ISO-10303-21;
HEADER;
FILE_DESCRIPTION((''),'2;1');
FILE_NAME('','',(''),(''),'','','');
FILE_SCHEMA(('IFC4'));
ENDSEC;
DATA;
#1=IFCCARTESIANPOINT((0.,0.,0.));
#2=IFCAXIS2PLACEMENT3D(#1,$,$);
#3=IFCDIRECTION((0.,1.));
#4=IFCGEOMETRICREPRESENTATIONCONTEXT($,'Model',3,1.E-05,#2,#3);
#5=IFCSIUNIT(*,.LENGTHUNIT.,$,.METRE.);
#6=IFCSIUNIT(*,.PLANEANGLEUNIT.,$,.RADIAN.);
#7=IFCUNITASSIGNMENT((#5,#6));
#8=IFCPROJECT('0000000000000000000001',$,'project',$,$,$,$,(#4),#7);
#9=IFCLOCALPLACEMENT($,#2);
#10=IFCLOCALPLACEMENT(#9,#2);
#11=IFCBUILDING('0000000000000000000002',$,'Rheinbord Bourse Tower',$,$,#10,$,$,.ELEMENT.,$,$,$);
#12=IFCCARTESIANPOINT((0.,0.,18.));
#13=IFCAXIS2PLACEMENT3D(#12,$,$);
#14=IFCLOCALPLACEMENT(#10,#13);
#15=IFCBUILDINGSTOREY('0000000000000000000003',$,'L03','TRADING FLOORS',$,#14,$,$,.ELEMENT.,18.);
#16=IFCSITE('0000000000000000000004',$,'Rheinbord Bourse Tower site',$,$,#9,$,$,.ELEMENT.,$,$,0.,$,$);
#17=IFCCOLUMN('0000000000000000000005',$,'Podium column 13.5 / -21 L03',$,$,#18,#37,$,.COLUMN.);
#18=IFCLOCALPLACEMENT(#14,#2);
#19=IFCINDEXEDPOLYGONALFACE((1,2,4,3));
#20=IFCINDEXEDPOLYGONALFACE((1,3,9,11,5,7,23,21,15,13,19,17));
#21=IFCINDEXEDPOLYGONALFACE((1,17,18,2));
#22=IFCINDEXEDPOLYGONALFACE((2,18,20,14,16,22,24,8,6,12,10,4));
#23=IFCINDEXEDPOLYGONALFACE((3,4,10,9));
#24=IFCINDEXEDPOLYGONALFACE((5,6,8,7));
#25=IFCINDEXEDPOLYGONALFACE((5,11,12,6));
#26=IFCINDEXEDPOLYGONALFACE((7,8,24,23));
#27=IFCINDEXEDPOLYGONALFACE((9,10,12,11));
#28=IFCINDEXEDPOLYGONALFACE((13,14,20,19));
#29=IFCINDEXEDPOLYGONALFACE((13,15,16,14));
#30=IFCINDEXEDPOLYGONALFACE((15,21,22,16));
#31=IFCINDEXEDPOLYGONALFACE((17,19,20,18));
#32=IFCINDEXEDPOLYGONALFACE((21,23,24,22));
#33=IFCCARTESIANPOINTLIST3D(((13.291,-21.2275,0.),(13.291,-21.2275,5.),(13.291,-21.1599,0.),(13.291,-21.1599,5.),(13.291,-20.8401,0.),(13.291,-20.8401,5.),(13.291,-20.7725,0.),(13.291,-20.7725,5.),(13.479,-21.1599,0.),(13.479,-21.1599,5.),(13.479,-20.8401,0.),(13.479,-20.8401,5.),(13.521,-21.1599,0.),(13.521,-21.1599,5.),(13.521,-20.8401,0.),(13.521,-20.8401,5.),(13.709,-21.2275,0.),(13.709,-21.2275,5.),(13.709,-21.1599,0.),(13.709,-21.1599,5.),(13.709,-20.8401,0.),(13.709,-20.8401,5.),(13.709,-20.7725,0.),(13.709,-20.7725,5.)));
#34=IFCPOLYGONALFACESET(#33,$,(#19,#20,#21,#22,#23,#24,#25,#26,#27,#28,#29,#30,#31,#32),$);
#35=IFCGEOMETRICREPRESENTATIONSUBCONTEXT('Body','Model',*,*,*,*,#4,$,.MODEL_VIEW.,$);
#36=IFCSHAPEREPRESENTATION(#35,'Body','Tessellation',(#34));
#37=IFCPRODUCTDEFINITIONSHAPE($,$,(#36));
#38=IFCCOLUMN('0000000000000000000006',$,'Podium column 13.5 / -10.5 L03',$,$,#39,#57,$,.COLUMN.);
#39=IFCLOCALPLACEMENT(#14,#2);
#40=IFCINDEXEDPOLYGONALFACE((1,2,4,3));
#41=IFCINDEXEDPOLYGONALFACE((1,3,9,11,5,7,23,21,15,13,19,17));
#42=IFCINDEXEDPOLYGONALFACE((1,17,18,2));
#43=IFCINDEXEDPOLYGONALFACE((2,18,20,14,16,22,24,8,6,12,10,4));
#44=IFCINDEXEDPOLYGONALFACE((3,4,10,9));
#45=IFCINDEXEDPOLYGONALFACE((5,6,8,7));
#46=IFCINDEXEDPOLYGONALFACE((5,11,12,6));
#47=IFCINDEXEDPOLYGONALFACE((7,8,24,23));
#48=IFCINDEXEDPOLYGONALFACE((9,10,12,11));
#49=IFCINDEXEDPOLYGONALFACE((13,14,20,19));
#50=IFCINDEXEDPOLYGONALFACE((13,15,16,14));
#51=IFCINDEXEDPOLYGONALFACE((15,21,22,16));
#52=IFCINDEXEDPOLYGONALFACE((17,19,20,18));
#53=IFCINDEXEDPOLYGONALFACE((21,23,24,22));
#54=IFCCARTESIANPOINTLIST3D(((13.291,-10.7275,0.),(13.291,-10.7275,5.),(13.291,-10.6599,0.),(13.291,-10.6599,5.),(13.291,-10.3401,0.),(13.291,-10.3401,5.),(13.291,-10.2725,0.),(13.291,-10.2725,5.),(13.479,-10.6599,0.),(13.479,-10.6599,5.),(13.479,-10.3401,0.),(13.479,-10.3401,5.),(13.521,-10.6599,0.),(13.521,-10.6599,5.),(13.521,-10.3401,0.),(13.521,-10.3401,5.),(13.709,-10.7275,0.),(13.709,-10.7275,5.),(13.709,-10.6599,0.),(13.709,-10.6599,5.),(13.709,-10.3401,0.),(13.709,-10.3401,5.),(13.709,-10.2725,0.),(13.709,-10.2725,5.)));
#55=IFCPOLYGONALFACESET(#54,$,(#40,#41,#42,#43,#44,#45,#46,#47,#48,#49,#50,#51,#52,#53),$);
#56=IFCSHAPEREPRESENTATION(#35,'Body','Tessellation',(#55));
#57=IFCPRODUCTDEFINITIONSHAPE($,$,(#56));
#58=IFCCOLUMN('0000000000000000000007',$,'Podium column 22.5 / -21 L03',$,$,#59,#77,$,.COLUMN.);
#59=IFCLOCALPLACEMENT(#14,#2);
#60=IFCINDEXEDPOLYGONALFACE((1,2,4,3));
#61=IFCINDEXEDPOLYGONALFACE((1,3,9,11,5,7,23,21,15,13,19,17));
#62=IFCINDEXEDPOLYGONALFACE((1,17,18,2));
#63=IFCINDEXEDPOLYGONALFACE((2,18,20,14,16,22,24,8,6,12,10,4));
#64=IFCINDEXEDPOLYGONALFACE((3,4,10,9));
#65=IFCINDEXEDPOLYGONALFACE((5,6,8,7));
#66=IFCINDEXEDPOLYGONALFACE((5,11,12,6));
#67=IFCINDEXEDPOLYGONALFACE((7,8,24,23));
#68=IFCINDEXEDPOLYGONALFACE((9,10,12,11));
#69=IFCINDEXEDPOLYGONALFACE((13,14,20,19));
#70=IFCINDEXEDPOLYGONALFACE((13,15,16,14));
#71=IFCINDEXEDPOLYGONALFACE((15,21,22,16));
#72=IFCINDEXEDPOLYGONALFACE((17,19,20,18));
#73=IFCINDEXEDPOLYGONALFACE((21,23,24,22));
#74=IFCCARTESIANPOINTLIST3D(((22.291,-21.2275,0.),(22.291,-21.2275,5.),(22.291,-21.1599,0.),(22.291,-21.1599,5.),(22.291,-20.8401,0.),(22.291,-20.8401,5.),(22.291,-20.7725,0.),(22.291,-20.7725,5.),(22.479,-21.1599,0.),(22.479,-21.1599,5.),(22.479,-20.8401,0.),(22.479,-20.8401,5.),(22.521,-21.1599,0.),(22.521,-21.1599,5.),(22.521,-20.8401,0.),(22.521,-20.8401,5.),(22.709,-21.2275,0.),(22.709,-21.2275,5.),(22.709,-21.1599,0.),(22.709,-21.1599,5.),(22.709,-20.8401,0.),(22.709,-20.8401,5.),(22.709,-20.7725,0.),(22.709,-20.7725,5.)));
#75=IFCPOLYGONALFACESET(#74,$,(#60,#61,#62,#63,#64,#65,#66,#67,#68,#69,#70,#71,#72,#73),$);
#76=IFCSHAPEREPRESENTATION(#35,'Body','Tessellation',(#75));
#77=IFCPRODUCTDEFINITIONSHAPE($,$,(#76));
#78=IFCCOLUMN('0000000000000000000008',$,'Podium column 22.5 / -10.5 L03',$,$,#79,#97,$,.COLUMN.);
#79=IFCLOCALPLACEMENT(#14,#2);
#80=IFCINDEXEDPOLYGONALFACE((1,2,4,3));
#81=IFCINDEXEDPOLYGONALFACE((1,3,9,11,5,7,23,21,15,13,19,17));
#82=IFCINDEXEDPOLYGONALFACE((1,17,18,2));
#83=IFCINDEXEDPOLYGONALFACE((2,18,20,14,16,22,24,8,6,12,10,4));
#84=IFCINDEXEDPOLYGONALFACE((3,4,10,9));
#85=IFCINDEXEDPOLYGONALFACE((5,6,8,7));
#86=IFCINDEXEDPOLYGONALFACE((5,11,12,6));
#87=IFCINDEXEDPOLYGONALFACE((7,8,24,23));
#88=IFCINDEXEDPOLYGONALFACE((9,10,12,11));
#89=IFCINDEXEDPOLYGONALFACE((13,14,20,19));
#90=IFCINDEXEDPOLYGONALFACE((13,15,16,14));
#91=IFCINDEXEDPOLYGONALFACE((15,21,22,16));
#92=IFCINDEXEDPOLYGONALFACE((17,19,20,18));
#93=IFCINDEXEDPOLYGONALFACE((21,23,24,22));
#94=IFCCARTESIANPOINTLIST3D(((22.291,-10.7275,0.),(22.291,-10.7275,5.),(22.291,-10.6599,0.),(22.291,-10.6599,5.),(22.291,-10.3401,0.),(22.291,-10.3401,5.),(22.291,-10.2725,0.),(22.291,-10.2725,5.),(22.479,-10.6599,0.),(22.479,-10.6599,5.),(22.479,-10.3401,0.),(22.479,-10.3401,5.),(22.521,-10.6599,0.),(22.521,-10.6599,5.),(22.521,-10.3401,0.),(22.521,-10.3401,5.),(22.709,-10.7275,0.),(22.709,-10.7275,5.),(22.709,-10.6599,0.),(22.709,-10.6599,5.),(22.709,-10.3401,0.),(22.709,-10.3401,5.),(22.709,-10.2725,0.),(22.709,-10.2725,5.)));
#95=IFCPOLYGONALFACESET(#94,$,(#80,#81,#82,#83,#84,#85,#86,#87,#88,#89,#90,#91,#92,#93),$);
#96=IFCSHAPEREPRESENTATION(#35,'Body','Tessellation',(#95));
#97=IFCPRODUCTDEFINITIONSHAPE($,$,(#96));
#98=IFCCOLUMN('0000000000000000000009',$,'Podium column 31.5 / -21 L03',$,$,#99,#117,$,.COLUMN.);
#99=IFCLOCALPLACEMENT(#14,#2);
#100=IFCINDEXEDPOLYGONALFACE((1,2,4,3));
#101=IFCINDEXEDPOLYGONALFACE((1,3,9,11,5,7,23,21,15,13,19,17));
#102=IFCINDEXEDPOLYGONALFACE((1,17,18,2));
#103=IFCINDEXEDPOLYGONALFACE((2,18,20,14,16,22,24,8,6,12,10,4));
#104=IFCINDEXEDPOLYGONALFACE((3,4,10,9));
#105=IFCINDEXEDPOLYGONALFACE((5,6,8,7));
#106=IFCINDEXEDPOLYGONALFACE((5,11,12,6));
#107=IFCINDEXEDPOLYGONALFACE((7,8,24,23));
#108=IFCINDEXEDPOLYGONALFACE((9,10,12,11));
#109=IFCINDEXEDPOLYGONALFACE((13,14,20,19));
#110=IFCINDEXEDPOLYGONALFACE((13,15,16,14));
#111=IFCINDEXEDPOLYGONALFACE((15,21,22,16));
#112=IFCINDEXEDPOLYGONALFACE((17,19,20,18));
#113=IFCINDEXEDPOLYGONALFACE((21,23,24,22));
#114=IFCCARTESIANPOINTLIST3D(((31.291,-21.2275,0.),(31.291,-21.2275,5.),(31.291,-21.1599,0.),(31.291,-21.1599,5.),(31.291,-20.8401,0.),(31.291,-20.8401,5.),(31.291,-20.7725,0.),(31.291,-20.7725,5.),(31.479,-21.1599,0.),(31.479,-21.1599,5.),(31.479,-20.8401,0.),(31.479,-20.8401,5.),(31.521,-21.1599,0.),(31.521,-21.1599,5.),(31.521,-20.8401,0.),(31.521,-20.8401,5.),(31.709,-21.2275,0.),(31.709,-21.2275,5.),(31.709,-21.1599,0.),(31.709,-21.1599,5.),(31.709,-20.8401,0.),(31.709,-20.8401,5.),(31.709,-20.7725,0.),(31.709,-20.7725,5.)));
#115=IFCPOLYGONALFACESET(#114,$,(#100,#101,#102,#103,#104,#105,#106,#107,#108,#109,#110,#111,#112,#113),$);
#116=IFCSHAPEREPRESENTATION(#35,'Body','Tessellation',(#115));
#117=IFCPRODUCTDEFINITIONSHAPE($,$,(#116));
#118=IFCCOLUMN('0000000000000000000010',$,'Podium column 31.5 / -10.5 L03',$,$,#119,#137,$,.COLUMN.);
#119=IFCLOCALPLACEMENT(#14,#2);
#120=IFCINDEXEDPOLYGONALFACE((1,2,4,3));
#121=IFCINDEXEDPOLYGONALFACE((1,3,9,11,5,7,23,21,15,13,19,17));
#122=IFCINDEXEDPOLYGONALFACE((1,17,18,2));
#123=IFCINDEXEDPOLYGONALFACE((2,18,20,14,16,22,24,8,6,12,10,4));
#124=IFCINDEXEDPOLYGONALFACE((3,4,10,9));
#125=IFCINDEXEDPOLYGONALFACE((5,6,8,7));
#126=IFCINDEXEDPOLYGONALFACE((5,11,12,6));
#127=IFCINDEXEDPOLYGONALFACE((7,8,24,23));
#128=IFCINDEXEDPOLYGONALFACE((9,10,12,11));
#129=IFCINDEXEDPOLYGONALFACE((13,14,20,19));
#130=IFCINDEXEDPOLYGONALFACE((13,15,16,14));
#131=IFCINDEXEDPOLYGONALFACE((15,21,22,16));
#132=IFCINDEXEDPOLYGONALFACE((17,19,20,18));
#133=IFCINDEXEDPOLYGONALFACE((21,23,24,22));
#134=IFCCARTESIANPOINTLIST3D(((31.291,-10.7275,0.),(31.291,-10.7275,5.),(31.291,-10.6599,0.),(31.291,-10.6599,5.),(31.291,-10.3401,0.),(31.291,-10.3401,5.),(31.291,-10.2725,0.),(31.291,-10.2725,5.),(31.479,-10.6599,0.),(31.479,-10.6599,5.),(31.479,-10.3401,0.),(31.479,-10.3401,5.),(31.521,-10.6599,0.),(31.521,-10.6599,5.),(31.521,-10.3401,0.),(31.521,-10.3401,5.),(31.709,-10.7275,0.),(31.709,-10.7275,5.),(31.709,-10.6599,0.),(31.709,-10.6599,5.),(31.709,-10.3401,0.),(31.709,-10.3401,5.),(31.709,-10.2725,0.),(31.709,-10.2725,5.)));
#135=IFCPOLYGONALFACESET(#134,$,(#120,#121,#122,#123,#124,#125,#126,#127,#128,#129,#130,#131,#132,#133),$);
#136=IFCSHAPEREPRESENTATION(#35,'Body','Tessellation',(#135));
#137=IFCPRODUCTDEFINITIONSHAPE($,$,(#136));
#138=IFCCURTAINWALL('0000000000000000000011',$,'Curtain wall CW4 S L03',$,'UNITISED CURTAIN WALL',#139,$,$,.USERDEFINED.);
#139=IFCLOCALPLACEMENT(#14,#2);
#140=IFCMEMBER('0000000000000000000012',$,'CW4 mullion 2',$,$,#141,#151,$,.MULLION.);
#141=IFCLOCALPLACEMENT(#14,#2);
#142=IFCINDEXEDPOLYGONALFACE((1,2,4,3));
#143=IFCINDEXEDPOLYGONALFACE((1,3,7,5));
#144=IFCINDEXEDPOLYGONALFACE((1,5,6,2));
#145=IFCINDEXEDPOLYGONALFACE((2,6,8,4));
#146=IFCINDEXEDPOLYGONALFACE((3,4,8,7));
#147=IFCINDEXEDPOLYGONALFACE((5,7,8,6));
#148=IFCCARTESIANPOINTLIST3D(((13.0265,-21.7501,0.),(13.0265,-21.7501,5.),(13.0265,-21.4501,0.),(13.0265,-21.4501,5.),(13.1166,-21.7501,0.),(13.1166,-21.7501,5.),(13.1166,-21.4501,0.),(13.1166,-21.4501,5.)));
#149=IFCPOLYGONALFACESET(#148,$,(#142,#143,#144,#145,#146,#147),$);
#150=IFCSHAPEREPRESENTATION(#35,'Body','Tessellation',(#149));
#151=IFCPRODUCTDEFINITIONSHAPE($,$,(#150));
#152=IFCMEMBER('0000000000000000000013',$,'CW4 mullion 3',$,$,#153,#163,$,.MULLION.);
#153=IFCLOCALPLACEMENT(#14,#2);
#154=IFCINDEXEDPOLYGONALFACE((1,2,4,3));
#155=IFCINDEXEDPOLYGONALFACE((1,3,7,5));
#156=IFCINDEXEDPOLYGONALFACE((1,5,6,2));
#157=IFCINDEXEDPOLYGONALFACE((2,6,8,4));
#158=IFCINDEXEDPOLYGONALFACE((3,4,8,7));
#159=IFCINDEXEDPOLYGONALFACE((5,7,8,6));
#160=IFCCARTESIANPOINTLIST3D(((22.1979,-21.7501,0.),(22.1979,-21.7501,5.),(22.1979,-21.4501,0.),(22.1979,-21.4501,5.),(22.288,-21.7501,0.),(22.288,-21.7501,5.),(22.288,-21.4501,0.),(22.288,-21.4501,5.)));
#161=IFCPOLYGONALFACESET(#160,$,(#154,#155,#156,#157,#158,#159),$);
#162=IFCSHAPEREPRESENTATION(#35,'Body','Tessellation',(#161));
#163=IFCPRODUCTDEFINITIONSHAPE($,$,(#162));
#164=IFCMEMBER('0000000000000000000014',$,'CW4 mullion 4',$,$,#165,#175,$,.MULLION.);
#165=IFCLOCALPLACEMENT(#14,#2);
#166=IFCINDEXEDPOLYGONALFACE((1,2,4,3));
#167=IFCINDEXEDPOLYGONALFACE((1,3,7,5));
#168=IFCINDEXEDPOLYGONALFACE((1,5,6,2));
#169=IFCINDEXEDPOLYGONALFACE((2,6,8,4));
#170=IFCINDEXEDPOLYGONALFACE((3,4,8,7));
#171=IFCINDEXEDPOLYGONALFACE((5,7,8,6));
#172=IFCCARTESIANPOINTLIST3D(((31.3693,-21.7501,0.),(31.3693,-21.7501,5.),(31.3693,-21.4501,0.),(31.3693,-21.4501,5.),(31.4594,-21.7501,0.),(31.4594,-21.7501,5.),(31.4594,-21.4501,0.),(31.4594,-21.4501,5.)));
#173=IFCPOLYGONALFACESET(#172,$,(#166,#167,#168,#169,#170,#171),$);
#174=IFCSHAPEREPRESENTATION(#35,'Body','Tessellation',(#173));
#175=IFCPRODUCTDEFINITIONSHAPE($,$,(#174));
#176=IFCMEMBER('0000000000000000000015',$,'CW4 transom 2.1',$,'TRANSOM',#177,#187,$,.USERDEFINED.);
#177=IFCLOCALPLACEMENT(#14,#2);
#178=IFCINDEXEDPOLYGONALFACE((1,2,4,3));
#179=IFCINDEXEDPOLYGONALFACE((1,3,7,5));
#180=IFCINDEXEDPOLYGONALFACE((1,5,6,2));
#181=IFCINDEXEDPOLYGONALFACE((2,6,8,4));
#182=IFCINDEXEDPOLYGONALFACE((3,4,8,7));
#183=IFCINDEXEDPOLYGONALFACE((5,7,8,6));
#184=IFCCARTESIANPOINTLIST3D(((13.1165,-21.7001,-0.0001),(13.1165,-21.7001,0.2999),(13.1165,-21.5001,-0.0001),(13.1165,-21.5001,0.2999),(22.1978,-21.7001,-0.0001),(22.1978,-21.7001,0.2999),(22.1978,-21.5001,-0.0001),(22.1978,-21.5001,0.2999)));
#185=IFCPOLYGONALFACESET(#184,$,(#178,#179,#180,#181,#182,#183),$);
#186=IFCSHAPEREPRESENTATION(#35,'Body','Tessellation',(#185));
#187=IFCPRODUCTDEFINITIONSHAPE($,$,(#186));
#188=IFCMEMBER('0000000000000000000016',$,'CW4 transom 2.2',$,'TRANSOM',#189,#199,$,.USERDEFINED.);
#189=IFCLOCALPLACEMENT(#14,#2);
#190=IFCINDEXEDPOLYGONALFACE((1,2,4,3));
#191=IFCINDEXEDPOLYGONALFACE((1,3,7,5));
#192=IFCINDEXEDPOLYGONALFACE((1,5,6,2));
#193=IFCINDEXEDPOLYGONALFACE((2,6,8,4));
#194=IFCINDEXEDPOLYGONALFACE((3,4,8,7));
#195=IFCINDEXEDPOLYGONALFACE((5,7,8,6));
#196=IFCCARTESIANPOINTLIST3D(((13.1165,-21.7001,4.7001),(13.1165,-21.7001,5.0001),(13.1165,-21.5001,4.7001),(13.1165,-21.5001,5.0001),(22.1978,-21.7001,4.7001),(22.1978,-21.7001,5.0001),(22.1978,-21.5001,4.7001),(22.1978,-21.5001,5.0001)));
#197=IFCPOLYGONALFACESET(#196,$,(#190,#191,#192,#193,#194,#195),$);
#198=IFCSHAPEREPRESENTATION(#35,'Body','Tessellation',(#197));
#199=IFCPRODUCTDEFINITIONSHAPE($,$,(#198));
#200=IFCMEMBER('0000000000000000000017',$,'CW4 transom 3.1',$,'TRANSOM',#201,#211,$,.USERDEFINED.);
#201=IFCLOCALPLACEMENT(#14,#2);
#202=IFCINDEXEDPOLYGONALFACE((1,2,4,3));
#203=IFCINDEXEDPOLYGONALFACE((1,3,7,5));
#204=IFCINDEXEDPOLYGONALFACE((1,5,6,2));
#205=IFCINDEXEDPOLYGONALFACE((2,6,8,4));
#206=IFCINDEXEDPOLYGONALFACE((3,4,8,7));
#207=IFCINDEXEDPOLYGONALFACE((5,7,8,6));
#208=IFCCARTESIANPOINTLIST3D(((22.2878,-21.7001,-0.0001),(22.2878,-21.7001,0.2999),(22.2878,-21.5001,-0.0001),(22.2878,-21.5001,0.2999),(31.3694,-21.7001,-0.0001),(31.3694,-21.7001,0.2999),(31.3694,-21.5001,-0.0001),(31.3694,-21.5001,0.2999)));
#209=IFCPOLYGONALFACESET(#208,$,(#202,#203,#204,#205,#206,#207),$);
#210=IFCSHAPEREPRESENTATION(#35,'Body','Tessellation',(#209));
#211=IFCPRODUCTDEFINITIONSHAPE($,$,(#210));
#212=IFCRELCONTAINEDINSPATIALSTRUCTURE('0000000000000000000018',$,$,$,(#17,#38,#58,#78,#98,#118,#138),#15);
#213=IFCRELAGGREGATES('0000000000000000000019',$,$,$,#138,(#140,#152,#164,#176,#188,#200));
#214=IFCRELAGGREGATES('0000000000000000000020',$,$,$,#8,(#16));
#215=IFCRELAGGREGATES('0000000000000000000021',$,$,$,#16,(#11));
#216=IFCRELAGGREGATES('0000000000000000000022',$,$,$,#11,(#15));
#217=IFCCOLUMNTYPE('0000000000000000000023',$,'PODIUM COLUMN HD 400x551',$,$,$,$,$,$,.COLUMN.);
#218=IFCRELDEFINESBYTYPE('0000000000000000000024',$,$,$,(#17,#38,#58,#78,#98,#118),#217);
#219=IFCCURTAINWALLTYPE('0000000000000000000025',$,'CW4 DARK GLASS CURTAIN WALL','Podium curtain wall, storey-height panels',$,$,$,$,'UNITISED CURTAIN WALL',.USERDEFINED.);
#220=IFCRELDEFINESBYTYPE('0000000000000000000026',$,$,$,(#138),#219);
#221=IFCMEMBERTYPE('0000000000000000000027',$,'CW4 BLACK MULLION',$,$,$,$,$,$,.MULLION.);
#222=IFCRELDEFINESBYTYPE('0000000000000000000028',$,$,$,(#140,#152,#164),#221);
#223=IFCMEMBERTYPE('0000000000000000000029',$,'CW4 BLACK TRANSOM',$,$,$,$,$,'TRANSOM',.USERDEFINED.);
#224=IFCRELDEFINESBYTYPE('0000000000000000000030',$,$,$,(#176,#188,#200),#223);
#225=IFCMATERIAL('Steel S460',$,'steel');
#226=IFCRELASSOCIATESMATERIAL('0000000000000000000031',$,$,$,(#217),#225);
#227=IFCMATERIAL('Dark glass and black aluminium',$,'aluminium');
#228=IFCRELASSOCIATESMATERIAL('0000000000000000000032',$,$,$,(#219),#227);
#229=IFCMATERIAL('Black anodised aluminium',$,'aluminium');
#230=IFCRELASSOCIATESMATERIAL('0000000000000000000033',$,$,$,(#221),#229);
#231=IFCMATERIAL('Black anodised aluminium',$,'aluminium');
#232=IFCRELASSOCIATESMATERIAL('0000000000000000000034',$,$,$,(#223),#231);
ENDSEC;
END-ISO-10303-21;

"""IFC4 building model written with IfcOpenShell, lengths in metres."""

from ifc_helpers import new_model, si_unit, direction, frame, origin, origin_2d, place, context, subcontext, project, spatial, rectangle, i_section, extrude, material, material_profile, profile_set, type_object, element, aggregate, save


model = new_model("IFC4")

# Units and contexts
model_context = context("Model", 3, precision=1e-05, world=origin(), true_north=direction((0.0, 1.0)))
body_context = subcontext(model_context, "Body", "Model", "MODEL_VIEW")
ifc_project = project(units=[si_unit("LENGTHUNIT", "METRE"), si_unit("PLANEANGLEUNIT", "RADIAN")], contexts=[model_context])

# Site, building, storey
site_placement = place(None, origin())
site = spatial("IfcSite", under=ifc_project, at=site_placement, Name="Rheinbord Bourse Tower site", CompositionType="ELEMENT", RefElevation=0.0)
building_placement = place(site_placement, origin())
building = spatial("IfcBuilding", under=site, at=building_placement, Name="Rheinbord Bourse Tower", CompositionType="ELEMENT")
storey_placement = place(building_placement, frame((0.0, 0.0, 18.0)))
storey = spatial("IfcBuildingStorey", under=building, at=storey_placement, Name="L03", Description="TRADING FLOORS", CompositionType="ELEMENT", Elevation=18.0)

# Columns
ifc_material_1 = material(Name="Steel S460", Category="steel")
ifc_material_profile_1 = material_profile(ifc_material_1, i_section(OverallWidth=0.418, OverallDepth=0.4551, WebThickness=0.042, FlangeThickness=0.0676, at=origin_2d()), Name="HD 400x551")
ifc_profile_set_1 = profile_set([ifc_material_profile_1], Name="Steel S460")
column_type = type_object("IfcColumnType", Name="PODIUM COLUMN HD 400x551", PredefinedType="COLUMN", material=ifc_profile_set_1)
for number, where, z_axis, x_axis, name in (
    (1, (13.5, -21.0, 0.0), (0.0, 0.0, 1.0), (1.0, 0.0, 0.0), "Podium column 13.5 / -21 L03"),
    (2, (13.5, -10.5, 0.0), (0.0, 0.0, 1.0), (1.0, 0.0, 0.0), "Podium column 13.5 / -10.5 L03"),
    (3, (22.5, -21.0, 0.0), (0.0, 0.0, 1.0), (1.0, 0.0, 0.0), "Podium column 22.5 / -21 L03"),
    (4, (22.5, -10.5, 0.0), (0.0, 0.0, 1.0), (1.0, 0.0, 0.0), "Podium column 22.5 / -10.5 L03"),
    (5, (31.5, -21.0, 0.0), (0.0, 0.0, 1.0), (1.0, 0.0, 0.0), "Podium column 31.5 / -21 L03"),
    (6, (31.5, -10.5, 0.0), (0.0, 0.0, 1.0), (1.0, 0.0, 0.0), "Podium column 31.5 / -10.5 L03"),
):
    element("IfcColumn", number, at=place(storey_placement, frame(where, z_axis=z_axis, x_axis=x_axis)), inside=storey, type_object=column_type, Name=name, PredefinedType="COLUMN", context=body_context, shape_type="SweptSolid", body=[
        extrude(i_section(OverallWidth=0.418, OverallDepth=0.4551, WebThickness=0.042, FlangeThickness=0.0676, at=origin_2d()), origin(), (0.0, 0.0, 1.0), 5.0),
    ])

# Curtain wall, members
ifc_material_2 = material(Name="Dark glass and black aluminium", Category="aluminium")
curtain_wall_type = type_object("IfcCurtainWallType", Name="CW4 DARK GLASS CURTAIN WALL", Description="Podium curtain wall, storey-height panels", ElementType="UNITISED CURTAIN WALL", PredefinedType="USERDEFINED", material=ifc_material_2)
curtain_wall_placement = place(storey_placement, origin())
curtain_wall = element("IfcCurtainWall", 7, at=curtain_wall_placement, inside=storey, type_object=curtain_wall_type, Name="Curtain wall CW4 S L03", ObjectType="UNITISED CURTAIN WALL", PredefinedType="USERDEFINED")
ifc_material_3 = material(Name="Black anodised aluminium", Category="aluminium")
ifc_material_profile_2 = material_profile(ifc_material_3, rectangle(XDim=0.3, YDim=0.0901, at=origin_2d()), Name="CW4 MULLION 90x300")
ifc_profile_set_2 = profile_set([ifc_material_profile_2], Name="Black anodised aluminium")
member_type_1 = type_object("IfcMemberType", Name="CW4 BLACK MULLION", PredefinedType="MULLION", material=ifc_profile_set_2)
member_1_placement = place(storey_placement, frame((13.0715, -21.6001, 0.0), z_axis=(0.0, 0.0, 1.0), x_axis=(0.0, 1.0, 0.0)))
member_1 = element("IfcMember", 8, at=member_1_placement, type_object=member_type_1, Name="CW4 mullion 2", PredefinedType="MULLION", context=body_context, shape_type="SweptSolid", body=[
    extrude(rectangle(XDim=0.3, YDim=0.0901, at=origin_2d()), origin(), (0.0, 0.0, 1.0), 5.0),
])
member_2_placement = place(storey_placement, frame((22.2429, -21.6001, 0.0), z_axis=(0.0, 0.0, 1.0), x_axis=(0.0, 1.0, 0.0)))
member_2 = element("IfcMember", 9, at=member_2_placement, type_object=member_type_1, Name="CW4 mullion 3", PredefinedType="MULLION", context=body_context, shape_type="SweptSolid", body=[
    extrude(rectangle(XDim=0.3, YDim=0.0901, at=origin_2d()), origin(), (0.0, 0.0, 1.0), 5.0),
])
member_3_placement = place(storey_placement, frame((31.4143, -21.6001, 0.0), z_axis=(0.0, 0.0, 1.0), x_axis=(0.0, 1.0, 0.0)))
member_3 = element("IfcMember", 10, at=member_3_placement, type_object=member_type_1, Name="CW4 mullion 4", PredefinedType="MULLION", context=body_context, shape_type="SweptSolid", body=[
    extrude(rectangle(XDim=0.3, YDim=0.0901, at=origin_2d()), origin(), (0.0, 0.0, 1.0), 5.0),
])
ifc_material_4 = material(Name="Black anodised aluminium", Category="aluminium")
ifc_material_profile_3 = material_profile(ifc_material_4, rectangle(XDim=0.2, YDim=0.3, at=origin_2d()), Name="CW4 TRANSOM 300x200")
ifc_profile_set_3 = profile_set([ifc_material_profile_3], Name="Black anodised aluminium")
member_type_2 = type_object("IfcMemberType", Name="CW4 BLACK TRANSOM", ElementType="TRANSOM", PredefinedType="USERDEFINED", material=ifc_profile_set_3)
member_4_placement = place(storey_placement, frame((13.1165, -21.6001, 0.1499), z_axis=(1.0, 0.0, 0.0), x_axis=(0.0, 1.0, 0.0)))
member_4 = element("IfcMember", 11, at=member_4_placement, type_object=member_type_2, Name="CW4 transom 2.1", ObjectType="TRANSOM", PredefinedType="USERDEFINED", context=body_context, shape_type="SweptSolid", body=[
    extrude(rectangle(XDim=0.2, YDim=0.3, at=origin_2d()), origin(), (0.0, 0.0, 1.0), 9.0813),
])
member_5_placement = place(storey_placement, frame((13.1165, -21.6001, 4.8501), z_axis=(1.0, 0.0, 0.0), x_axis=(0.0, 1.0, 0.0)))
member_5 = element("IfcMember", 12, at=member_5_placement, type_object=member_type_2, Name="CW4 transom 2.2", ObjectType="TRANSOM", PredefinedType="USERDEFINED", context=body_context, shape_type="SweptSolid", body=[
    extrude(rectangle(XDim=0.2, YDim=0.3, at=origin_2d()), origin(), (0.0, 0.0, 1.0), 9.0813),
])
member_6_placement = place(storey_placement, frame((22.2878, -21.6001, 0.1499), z_axis=(1.0, 0.0, 0.0), x_axis=(0.0, 1.0, 0.0)))
member_6 = element("IfcMember", 13, at=member_6_placement, type_object=member_type_2, Name="CW4 transom 3.1", ObjectType="TRANSOM", PredefinedType="USERDEFINED", context=body_context, shape_type="SweptSolid", body=[
    extrude(rectangle(XDim=0.2, YDim=0.3, at=origin_2d()), origin(), (0.0, 0.0, 1.0), 9.0815),
])

aggregate(curtain_wall, [member_1, member_2, member_3, member_4, member_5, member_6])

save(model, "model.ifc")
